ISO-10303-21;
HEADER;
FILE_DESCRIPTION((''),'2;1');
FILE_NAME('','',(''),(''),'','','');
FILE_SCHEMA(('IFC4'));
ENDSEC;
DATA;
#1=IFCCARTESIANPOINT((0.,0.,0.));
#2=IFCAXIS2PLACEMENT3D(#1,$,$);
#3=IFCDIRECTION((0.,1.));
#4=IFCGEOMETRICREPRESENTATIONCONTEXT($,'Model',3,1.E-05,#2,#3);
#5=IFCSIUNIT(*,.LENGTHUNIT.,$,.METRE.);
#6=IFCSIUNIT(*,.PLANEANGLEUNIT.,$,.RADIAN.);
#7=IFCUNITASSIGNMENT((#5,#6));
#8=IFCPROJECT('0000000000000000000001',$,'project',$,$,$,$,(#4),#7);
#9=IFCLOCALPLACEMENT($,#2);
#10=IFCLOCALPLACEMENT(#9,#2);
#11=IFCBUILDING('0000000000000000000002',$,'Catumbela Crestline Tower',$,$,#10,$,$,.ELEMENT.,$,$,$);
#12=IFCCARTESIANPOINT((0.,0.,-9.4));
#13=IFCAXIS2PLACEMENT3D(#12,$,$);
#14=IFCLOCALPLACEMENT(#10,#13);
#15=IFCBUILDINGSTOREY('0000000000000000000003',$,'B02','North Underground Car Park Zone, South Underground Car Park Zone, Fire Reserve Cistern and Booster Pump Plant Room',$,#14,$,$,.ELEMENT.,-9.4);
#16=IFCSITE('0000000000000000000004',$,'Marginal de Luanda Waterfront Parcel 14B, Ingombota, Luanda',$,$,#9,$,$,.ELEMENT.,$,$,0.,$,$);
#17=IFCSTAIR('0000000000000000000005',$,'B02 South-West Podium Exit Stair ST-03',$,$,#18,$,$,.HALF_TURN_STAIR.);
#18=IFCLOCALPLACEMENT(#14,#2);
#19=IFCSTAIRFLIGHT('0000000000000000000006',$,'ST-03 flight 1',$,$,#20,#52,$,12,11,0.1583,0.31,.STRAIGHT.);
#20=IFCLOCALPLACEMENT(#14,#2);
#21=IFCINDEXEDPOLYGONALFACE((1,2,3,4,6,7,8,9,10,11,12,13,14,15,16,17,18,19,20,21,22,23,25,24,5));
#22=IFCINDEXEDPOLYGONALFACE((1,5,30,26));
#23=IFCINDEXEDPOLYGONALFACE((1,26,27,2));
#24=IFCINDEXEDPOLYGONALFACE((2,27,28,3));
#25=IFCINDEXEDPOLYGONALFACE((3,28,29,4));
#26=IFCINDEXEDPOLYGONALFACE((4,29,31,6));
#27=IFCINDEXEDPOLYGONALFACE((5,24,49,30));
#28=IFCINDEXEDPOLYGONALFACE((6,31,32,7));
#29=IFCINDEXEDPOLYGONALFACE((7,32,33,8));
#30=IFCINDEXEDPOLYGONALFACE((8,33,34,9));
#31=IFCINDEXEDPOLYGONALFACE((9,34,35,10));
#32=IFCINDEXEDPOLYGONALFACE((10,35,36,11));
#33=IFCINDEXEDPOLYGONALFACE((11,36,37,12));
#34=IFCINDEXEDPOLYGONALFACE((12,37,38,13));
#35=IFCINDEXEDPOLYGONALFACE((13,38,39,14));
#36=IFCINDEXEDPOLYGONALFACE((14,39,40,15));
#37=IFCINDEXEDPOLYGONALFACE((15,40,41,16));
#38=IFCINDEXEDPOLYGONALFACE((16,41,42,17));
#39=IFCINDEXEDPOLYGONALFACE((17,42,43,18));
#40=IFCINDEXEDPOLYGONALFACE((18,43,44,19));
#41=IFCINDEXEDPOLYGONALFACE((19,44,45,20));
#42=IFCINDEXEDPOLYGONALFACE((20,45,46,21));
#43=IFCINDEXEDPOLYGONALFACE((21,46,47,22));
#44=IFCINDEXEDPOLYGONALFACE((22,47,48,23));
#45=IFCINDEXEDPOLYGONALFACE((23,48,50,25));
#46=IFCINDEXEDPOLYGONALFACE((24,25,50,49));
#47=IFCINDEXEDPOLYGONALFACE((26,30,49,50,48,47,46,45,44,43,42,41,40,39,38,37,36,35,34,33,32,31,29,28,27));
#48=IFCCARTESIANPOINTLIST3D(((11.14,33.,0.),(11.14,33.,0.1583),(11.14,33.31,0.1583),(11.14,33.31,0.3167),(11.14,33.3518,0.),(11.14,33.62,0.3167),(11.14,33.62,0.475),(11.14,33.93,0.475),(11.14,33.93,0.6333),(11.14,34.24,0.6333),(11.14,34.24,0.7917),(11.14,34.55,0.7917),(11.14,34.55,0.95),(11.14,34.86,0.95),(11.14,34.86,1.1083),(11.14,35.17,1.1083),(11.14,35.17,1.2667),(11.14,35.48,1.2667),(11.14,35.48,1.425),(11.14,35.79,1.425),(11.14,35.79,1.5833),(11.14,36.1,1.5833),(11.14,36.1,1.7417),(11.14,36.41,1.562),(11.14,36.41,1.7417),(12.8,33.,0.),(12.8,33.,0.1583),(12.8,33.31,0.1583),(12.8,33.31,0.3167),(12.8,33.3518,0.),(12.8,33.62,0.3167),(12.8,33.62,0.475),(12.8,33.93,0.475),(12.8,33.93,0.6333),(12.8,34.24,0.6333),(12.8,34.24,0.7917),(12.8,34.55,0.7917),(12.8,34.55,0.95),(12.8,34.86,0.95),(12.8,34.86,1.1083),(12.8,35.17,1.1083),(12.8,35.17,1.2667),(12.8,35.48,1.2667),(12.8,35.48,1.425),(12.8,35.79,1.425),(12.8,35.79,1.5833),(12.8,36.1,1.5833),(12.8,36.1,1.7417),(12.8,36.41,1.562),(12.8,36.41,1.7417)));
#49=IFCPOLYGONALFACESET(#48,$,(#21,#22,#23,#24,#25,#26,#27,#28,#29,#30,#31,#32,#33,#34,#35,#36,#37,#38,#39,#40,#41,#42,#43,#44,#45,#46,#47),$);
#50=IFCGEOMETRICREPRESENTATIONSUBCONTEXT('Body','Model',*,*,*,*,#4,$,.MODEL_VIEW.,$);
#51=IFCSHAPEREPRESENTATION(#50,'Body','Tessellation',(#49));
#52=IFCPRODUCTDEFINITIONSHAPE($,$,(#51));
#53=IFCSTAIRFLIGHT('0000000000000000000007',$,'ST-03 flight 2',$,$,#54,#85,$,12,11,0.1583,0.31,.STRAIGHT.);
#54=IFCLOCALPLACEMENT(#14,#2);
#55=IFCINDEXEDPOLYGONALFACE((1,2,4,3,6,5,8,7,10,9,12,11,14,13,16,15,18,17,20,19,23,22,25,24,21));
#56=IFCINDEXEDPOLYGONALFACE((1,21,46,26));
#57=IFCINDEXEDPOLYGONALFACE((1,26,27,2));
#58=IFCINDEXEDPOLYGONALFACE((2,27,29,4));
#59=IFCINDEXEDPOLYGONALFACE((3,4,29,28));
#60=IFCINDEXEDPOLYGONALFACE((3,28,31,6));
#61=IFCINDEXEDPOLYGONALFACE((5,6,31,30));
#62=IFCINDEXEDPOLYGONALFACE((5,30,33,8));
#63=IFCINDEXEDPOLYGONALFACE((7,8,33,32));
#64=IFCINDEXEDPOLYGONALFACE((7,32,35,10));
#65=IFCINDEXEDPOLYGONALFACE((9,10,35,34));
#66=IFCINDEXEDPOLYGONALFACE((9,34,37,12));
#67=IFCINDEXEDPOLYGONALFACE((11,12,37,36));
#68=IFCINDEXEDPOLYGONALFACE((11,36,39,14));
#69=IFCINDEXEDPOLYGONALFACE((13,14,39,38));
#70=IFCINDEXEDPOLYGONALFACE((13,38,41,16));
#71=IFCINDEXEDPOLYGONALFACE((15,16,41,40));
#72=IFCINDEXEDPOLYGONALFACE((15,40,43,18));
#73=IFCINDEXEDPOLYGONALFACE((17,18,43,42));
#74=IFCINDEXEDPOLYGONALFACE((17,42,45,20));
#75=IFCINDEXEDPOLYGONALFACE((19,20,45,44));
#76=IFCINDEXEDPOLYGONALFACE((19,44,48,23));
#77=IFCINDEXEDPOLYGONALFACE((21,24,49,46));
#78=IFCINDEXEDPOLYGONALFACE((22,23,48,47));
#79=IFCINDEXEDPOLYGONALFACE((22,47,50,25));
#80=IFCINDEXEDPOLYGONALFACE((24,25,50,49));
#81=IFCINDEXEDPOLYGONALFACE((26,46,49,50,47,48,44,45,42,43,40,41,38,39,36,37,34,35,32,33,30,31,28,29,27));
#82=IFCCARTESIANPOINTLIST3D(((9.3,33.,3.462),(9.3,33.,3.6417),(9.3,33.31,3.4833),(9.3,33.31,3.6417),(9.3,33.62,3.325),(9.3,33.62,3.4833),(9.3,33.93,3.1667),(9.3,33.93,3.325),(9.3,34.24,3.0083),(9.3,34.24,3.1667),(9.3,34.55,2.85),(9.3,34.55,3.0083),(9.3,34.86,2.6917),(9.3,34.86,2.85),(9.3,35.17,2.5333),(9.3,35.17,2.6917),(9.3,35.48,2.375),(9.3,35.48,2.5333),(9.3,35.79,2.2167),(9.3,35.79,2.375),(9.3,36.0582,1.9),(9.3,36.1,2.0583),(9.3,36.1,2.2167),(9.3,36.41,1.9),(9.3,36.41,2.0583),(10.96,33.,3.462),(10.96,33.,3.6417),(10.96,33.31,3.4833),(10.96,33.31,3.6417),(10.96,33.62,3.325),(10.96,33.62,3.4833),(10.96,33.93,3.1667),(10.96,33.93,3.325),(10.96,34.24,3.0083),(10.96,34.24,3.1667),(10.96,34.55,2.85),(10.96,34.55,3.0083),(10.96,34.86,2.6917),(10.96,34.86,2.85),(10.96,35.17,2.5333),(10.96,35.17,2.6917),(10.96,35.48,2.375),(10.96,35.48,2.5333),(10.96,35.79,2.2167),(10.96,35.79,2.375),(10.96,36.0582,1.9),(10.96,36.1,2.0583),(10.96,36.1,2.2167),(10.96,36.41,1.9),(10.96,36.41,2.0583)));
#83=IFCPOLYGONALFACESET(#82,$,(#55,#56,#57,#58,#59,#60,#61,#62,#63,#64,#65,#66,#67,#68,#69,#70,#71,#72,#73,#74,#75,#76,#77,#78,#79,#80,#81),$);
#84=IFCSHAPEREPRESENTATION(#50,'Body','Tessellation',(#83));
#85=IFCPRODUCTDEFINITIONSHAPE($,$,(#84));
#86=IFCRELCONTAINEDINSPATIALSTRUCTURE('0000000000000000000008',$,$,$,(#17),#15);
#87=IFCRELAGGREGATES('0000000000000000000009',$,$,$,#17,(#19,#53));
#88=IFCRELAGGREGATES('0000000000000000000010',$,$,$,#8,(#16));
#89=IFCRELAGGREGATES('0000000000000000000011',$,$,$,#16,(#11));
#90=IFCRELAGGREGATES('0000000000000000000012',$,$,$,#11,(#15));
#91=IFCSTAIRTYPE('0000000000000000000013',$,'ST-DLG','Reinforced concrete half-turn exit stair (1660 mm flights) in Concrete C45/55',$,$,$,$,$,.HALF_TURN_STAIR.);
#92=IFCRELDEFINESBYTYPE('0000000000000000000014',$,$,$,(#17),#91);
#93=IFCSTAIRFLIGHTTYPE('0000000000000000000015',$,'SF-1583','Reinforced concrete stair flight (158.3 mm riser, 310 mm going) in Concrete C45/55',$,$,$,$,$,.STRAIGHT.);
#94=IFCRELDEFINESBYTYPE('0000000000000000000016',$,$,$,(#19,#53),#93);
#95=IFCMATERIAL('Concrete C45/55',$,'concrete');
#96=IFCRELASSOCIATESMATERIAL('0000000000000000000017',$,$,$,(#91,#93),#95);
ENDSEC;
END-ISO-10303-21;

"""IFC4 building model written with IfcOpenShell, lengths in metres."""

from ifc_helpers import new_model, si_unit, direction, frame, origin, place, context, subcontext, project, spatial, polyline, outline, extrude, material, type_object, element, aggregate, save


model = new_model("IFC4")

# Units and contexts
model_context = context("Model", 3, precision=1e-05, world=origin(), true_north=direction((0.0, 1.0)))
body_context = subcontext(model_context, "Body", "Model", "MODEL_VIEW")
ifc_project = project(units=[si_unit("LENGTHUNIT", "METRE"), si_unit("PLANEANGLEUNIT", "RADIAN")], contexts=[model_context])

# Site, building, storey
site_placement = place(None, origin())
site = spatial("IfcSite", under=ifc_project, at=site_placement, Name="Marginal de Luanda Waterfront Parcel 14B, Ingombota, Luanda", CompositionType="ELEMENT", RefElevation=0.0)
building_placement = place(site_placement, origin())
building = spatial("IfcBuilding", under=site, at=building_placement, Name="Catumbela Crestline Tower", CompositionType="ELEMENT")
storey_placement = place(building_placement, frame((0.0, 0.0, -9.4)))
storey = spatial("IfcBuildingStorey", under=building, at=storey_placement, Name="B02", Description="North Underground Car Park Zone, South Underground Car Park Zone, Fire Reserve Cistern and Booster Pump Plant Room", CompositionType="ELEMENT", Elevation=-9.4)

# Stair, stair flights
ifc_material_1 = material(Name="Concrete C45/55", Category="concrete")
stair_type = type_object("IfcStairType", Name="ST-DLG", Description="Reinforced concrete half-turn exit stair (1660 mm flights) in Concrete C45/55", PredefinedType="HALF_TURN_STAIR", material=ifc_material_1)
stair_placement = place(storey_placement, origin())
stair = element("IfcStair", 1, at=stair_placement, inside=storey, type_object=stair_type, Name="B02 South-West Podium Exit Stair ST-03", PredefinedType="HALF_TURN_STAIR")
stair_flight_type = type_object("IfcStairFlightType", Name="SF-1583", Description="Reinforced concrete stair flight (158.3 mm riser, 310 mm going) in Concrete C45/55", PredefinedType="STRAIGHT", material=ifc_material_1)
stair_flight_1_placement = place(storey_placement, frame((11.97, 33.0, 0.0), z_axis=(0.0, 0.0, 1.0), x_axis=(0.0, 1.0, 0.0)))
stair_flight_1 = element("IfcStairFlight", 2, at=stair_flight_1_placement, type_object=stair_flight_type, Name="ST-03 flight 1", NumberOfRisers=12, NumberOfTreads=11, PredefinedType="STRAIGHT", RiserHeight=0.1583, TreadLength=0.31, context=body_context, shape_type="SweptSolid", body=[
    extrude(outline(polyline([(0.0, 0.0), (0.0, 0.1583), (0.31, 0.1583), (0.31, 0.3167), (0.62, 0.3167), (0.62, 0.475), (0.93, 0.475), (0.93, 0.6333), (1.24, 0.6333), (1.24, 0.7917), (1.55, 0.7917), (1.55, 0.95), (1.86, 0.95), (1.86, 1.1083), (2.17, 1.1083), (2.17, 1.2667), (2.48, 1.2667), (2.48, 1.425), (2.79, 1.425), (2.79, 1.5833), (3.1, 1.5833), (3.1, 1.7417), (3.41, 1.7417), (3.41, 1.9), (3.41, 1.562), (0.3518, 0.0), (0.0, 0.0)])), frame((0.0, 0.83, 0.0), z_axis=(0.0, -1.0, 0.0), x_axis=(1.0, 0.0, 0.0)), (0.0, 0.0, 1.0), 1.66),
])
stair_flight_2_placement = place(storey_placement, frame((10.13, 36.41, 1.9), z_axis=(0.0, 0.0, 1.0), x_axis=(0.0, -1.0, 0.0)))
stair_flight_2 = element("IfcStairFlight", 3, at=stair_flight_2_placement, type_object=stair_flight_type, Name="ST-03 flight 2", NumberOfRisers=12, NumberOfTreads=11, PredefinedType="STRAIGHT", RiserHeight=0.1583, TreadLength=0.31, context=body_context, shape_type="SweptSolid", body=[
    extrude(outline(polyline([(0.0, 0.0), (0.0, 0.1583), (0.31, 0.1583), (0.31, 0.3167), (0.62, 0.3167), (0.62, 0.475), (0.93, 0.475), (0.93, 0.6333), (1.24, 0.6333), (1.24, 0.7917), (1.55, 0.7917), (1.55, 0.95), (1.86, 0.95), (1.86, 1.1083), (2.17, 1.1083), (2.17, 1.2667), (2.48, 1.2667), (2.48, 1.425), (2.79, 1.425), (2.79, 1.5833), (3.1, 1.5833), (3.1, 1.7417), (3.41, 1.7417), (3.41, 1.9), (3.41, 1.562), (0.3518, 0.0), (0.0, 0.0)])), frame((0.0, 0.83, 0.0), z_axis=(0.0, -1.0, 0.0), x_axis=(1.0, 0.0, 0.0)), (0.0, 0.0, 1.0), 1.66),
])
aggregate(stair, [stair_flight_1, stair_flight_2])

save(model, "model.ifc")
